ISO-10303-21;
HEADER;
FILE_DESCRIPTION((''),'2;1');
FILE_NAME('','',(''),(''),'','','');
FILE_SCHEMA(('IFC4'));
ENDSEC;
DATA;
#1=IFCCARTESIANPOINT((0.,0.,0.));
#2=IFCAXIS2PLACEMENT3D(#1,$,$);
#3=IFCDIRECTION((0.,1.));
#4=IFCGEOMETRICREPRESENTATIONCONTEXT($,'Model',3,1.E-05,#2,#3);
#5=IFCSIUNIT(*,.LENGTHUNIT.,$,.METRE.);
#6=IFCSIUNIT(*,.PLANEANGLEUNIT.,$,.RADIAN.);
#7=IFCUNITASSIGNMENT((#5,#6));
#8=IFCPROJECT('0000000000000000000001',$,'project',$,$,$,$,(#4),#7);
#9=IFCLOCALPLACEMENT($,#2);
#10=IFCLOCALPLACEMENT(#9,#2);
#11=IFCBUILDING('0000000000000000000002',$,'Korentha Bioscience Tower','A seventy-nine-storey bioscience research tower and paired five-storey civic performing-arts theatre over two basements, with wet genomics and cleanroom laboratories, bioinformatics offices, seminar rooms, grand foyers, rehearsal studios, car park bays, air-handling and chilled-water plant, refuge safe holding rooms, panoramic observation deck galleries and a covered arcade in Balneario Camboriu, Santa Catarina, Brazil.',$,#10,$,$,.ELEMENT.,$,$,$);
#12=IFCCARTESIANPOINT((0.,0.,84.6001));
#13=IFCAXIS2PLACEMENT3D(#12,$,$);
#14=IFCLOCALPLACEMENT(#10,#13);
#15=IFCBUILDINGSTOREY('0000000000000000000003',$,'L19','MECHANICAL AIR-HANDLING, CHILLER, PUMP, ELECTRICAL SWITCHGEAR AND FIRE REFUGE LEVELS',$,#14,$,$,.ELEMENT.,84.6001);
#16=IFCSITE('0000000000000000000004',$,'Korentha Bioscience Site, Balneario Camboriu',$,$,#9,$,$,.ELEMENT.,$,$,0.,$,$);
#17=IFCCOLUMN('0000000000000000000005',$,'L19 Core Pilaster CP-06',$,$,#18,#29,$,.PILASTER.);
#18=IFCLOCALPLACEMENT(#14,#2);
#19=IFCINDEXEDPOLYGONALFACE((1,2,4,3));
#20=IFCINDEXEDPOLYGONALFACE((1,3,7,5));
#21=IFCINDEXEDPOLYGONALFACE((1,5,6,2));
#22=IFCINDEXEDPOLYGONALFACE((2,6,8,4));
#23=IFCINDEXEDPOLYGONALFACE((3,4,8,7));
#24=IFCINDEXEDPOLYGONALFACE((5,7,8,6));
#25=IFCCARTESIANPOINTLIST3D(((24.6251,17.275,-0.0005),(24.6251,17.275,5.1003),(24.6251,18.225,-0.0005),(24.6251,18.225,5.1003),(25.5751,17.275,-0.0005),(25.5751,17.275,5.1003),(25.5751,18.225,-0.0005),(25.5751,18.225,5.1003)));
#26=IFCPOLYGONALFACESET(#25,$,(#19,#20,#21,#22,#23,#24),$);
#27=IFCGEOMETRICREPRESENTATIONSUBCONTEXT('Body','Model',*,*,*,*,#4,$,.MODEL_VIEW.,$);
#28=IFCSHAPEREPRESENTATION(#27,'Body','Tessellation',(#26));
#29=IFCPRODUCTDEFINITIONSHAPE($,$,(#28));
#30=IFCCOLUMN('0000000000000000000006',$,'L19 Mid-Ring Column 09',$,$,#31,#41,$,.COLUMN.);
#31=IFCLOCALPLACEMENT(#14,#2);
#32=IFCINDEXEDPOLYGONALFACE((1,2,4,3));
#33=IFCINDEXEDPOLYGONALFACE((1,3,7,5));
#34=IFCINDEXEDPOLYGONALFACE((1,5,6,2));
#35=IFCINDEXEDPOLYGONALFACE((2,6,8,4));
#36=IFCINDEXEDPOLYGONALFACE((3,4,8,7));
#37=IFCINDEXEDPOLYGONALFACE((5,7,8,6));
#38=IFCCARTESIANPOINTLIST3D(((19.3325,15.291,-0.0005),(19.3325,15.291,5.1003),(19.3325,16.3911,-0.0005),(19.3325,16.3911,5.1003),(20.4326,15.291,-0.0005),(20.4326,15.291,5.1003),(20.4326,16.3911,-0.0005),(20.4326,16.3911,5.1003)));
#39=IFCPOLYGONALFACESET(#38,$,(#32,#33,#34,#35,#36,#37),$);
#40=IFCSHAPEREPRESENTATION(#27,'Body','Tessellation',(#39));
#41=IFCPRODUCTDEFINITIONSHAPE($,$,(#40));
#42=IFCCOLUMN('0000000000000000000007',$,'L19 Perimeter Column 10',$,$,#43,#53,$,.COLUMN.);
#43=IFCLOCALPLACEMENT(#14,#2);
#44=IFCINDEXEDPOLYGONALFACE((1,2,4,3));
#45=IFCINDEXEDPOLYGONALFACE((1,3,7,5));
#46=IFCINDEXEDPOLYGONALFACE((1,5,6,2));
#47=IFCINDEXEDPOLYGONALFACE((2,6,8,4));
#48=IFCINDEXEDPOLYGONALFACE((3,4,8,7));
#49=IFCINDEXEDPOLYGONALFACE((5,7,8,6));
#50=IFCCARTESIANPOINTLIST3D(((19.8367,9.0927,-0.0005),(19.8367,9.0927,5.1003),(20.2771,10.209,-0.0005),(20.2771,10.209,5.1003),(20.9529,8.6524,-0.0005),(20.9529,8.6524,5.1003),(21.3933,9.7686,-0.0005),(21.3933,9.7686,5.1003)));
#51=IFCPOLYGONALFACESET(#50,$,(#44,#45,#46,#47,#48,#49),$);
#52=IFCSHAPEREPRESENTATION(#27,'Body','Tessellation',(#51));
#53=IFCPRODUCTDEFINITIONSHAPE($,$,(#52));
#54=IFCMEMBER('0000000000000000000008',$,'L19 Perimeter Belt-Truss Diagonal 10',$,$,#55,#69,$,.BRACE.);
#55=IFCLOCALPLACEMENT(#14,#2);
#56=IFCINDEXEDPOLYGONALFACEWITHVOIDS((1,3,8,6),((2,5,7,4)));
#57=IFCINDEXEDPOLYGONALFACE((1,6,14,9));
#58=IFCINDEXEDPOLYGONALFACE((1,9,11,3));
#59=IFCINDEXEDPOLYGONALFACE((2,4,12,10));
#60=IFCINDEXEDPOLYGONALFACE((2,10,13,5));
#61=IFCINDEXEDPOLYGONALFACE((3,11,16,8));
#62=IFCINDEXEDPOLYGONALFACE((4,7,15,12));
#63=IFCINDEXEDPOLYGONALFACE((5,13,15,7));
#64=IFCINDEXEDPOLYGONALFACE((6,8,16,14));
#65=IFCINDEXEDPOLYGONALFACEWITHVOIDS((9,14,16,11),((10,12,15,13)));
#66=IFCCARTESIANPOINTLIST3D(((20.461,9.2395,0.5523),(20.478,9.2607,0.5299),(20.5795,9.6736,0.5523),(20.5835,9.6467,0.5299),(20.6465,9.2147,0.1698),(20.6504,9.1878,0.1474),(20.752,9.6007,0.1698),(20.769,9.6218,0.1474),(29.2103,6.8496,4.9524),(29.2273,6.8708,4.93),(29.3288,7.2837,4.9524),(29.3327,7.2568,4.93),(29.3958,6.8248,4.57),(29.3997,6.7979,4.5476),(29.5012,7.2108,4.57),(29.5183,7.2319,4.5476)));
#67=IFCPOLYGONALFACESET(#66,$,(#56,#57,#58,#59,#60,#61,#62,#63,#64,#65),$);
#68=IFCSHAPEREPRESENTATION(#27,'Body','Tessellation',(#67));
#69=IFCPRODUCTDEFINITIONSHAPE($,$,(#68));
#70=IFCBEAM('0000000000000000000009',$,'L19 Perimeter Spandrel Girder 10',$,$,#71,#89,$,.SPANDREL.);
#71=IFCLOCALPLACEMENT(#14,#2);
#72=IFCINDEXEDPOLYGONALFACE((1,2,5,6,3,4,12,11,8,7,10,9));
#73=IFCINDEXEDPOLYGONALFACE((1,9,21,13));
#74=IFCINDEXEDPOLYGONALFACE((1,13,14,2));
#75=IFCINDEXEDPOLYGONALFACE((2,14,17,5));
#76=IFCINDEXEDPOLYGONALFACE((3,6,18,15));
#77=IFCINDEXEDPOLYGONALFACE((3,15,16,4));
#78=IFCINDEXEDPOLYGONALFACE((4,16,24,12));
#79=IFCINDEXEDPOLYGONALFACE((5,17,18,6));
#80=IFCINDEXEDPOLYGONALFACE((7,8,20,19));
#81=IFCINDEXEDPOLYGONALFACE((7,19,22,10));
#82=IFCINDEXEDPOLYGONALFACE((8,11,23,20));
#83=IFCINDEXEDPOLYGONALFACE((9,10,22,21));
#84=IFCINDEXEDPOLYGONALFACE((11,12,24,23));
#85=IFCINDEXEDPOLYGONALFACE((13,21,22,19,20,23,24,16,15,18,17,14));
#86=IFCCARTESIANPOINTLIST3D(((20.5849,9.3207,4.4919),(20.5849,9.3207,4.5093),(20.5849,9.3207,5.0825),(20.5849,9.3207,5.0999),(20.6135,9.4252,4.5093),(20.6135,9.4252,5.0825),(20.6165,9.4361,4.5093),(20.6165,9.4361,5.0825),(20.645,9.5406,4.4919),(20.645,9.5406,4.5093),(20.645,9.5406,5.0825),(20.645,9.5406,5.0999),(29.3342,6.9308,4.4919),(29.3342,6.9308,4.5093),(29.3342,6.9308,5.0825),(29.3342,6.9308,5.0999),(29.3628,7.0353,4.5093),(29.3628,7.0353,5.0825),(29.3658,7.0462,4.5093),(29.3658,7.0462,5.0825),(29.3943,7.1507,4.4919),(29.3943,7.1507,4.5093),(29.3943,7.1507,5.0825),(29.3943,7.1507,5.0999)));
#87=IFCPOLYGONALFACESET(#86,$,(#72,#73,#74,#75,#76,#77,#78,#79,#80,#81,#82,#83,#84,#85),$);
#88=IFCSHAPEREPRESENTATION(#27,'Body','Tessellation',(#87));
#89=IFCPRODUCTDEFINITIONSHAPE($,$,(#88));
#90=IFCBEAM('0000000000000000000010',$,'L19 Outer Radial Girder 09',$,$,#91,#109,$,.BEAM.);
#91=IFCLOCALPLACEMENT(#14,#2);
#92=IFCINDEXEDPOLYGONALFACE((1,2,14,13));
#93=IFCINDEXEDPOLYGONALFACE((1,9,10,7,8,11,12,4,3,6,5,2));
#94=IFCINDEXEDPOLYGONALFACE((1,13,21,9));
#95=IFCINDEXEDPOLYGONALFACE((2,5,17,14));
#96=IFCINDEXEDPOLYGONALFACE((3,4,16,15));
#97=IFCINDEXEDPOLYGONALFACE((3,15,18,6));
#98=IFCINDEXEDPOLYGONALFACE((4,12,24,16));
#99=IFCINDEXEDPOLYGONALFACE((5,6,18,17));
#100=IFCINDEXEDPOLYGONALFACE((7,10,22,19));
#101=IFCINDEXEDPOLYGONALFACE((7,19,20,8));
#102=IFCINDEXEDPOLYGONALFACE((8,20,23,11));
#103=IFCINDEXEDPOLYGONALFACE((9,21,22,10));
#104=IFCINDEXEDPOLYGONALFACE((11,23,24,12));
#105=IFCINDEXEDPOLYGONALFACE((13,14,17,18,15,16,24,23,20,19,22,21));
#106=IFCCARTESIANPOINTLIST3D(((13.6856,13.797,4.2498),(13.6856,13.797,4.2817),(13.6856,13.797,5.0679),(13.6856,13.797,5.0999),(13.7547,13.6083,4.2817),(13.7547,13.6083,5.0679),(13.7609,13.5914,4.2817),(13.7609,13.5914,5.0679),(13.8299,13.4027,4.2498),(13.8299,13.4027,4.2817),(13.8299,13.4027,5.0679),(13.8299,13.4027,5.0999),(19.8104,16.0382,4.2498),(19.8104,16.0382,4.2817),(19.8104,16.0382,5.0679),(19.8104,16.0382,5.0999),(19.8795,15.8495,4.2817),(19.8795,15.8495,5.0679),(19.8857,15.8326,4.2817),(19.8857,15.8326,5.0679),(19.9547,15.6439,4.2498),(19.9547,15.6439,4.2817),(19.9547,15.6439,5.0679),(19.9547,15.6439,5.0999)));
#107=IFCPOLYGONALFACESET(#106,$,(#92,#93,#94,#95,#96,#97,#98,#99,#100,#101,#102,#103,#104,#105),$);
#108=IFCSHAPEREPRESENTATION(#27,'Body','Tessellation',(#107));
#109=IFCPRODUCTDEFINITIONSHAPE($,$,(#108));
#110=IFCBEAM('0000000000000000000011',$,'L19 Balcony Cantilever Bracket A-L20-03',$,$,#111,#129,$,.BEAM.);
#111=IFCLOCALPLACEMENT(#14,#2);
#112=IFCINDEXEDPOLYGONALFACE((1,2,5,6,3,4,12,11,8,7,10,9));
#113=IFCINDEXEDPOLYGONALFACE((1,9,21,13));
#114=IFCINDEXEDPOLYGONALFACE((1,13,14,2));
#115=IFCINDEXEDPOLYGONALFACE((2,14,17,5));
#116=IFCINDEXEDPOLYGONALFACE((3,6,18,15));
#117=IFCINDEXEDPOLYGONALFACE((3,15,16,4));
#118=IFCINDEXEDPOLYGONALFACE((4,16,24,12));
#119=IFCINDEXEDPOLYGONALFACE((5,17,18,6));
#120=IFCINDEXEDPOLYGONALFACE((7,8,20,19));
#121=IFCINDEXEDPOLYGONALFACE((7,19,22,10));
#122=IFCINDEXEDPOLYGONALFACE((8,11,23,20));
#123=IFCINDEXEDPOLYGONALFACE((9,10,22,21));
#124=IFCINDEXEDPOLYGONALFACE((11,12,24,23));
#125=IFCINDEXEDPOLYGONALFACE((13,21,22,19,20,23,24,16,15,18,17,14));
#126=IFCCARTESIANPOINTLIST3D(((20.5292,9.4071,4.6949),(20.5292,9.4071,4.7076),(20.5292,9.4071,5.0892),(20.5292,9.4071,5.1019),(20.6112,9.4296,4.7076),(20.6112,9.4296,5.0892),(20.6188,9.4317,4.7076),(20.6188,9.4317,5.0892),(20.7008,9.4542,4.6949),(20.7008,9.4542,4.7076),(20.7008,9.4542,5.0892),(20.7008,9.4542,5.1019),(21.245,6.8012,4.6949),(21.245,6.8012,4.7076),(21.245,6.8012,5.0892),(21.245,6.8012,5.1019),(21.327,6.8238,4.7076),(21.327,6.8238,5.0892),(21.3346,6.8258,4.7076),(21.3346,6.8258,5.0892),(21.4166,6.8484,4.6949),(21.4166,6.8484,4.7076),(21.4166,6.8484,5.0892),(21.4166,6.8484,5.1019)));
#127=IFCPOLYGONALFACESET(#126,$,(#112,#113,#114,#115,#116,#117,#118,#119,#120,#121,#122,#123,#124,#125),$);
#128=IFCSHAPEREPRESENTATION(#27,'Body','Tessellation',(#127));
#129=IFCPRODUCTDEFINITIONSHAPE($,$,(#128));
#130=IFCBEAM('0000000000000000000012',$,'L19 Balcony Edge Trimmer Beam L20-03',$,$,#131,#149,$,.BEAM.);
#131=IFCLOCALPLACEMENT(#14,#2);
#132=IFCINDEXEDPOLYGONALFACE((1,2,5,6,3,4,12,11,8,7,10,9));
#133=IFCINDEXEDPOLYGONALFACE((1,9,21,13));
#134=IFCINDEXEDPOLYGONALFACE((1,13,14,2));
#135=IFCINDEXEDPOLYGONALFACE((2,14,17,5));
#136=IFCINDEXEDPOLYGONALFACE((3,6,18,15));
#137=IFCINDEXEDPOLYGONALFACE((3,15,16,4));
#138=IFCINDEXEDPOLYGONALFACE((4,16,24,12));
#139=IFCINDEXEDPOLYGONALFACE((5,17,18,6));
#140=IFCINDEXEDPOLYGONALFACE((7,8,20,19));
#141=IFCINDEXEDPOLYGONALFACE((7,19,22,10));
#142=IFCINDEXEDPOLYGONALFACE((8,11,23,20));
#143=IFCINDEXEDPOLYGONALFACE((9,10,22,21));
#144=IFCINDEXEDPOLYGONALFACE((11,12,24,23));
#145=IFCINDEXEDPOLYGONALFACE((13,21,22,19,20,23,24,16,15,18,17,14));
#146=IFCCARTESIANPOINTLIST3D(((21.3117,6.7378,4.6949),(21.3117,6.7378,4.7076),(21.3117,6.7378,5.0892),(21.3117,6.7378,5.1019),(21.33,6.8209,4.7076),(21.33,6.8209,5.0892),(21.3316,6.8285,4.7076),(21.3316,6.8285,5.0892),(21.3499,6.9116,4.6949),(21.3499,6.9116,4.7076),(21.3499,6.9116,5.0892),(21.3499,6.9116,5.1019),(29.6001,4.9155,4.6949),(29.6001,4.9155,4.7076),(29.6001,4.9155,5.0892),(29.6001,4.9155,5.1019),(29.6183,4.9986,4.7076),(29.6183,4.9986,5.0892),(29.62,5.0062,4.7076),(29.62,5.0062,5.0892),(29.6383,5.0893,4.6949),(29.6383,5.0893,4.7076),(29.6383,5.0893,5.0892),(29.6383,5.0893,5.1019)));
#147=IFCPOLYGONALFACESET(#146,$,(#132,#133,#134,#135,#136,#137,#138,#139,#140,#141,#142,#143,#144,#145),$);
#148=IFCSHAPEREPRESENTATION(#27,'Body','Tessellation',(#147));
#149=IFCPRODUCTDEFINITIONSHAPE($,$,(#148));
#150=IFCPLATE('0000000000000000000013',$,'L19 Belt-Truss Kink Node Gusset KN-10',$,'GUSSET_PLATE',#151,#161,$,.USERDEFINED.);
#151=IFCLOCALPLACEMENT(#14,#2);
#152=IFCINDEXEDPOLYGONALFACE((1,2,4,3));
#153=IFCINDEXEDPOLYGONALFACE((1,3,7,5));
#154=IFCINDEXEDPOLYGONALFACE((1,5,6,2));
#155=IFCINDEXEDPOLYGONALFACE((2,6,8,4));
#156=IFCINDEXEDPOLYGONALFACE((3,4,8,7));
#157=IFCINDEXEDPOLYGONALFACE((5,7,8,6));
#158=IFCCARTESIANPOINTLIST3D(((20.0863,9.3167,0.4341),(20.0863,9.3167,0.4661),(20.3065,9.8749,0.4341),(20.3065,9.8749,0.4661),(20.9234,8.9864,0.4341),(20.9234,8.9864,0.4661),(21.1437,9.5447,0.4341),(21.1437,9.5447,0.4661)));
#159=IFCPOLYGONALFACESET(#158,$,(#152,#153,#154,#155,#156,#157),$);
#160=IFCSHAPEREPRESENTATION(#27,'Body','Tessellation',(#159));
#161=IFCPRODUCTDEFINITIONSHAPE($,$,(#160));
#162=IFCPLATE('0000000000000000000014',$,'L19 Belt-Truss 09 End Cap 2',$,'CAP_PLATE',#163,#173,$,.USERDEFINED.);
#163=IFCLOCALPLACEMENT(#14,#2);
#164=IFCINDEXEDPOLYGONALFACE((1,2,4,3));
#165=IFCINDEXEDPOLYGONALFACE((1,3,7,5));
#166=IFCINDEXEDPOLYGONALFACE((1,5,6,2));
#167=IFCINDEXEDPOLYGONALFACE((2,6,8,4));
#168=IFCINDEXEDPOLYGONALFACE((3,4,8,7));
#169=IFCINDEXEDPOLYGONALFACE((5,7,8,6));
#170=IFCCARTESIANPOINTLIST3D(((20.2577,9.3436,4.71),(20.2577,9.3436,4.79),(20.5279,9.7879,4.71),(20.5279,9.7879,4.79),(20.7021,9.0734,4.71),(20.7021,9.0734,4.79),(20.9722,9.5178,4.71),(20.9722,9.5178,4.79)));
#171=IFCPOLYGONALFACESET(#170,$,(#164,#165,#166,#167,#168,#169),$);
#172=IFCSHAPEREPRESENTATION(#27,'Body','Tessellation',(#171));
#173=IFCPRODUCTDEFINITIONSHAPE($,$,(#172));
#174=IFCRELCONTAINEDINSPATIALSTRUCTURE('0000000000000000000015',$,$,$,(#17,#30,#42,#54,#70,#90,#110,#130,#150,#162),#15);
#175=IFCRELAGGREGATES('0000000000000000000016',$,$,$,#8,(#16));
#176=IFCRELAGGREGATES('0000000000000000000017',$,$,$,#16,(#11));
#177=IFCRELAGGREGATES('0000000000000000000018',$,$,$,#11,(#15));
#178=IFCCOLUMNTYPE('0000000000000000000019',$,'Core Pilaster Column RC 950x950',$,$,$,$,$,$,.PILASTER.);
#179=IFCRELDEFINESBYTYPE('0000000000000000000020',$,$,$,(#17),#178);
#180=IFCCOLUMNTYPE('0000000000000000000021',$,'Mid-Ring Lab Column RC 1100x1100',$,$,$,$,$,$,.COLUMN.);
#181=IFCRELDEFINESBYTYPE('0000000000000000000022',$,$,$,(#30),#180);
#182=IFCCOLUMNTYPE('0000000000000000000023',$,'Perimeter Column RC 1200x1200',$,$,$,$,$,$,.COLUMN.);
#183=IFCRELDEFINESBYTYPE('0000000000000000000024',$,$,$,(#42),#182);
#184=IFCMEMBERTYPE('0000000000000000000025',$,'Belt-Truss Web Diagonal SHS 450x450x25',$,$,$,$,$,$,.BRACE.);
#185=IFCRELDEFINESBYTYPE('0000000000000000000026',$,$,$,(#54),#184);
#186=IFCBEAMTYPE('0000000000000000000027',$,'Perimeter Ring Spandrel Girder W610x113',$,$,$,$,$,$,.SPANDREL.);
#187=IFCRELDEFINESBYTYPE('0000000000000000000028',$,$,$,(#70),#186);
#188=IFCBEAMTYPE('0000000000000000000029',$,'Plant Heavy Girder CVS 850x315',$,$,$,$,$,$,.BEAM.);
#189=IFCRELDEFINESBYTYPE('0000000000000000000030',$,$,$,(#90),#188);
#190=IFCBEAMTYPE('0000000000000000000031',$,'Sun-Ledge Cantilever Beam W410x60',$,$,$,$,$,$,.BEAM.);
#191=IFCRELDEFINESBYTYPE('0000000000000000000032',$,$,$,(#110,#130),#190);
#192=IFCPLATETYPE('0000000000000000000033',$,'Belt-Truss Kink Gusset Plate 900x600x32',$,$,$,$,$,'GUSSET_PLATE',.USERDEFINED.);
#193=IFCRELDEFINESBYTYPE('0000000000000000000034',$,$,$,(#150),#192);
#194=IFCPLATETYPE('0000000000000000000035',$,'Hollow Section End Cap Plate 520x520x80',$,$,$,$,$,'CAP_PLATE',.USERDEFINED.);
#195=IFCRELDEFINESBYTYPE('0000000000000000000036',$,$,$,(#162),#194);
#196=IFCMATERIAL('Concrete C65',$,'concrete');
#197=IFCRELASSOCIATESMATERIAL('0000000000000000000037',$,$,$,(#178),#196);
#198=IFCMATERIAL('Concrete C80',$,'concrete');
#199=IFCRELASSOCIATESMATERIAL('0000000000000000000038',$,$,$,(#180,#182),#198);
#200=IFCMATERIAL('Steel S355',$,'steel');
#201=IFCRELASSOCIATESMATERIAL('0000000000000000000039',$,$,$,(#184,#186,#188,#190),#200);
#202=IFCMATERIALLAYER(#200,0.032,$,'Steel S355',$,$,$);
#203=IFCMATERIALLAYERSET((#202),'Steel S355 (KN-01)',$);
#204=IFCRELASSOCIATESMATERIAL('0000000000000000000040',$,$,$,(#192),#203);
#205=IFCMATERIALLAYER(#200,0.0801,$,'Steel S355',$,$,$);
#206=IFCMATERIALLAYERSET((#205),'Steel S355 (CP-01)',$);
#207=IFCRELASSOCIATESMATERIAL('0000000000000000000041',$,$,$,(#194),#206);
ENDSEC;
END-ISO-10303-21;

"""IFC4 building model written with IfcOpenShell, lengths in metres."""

from ifc_helpers import new_model, si_unit, direction, frame, origin, origin_2d, place, context, subcontext, project, spatial, rectangle, hollow_rectangle, i_section, extrude, material, layer, layer_set, material_profile, profile_set, type_object, element, save


model = new_model("IFC4")

# Units and contexts
model_context = context("Model", 3, precision=1e-05, world=origin(), true_north=direction((0.0, 1.0)))
body_context = subcontext(model_context, "Body", "Model", "MODEL_VIEW")
ifc_project = project(units=[si_unit("LENGTHUNIT", "METRE"), si_unit("PLANEANGLEUNIT", "RADIAN")], contexts=[model_context])

# Site, building, storey
site_placement = place(None, origin())
site = spatial("IfcSite", under=ifc_project, at=site_placement, Name="Korentha Bioscience Site, Balneario Camboriu", CompositionType="ELEMENT", RefElevation=0.0)
building_placement = place(site_placement, origin())
building = spatial("IfcBuilding", under=site, at=building_placement, Name="Korentha Bioscience Tower", Description="A seventy-nine-storey bioscience research tower and paired five-storey civic performing-arts theatre over two basements, with wet genomics and cleanroom laboratories, bioinformatics offices, seminar rooms, grand foyers, rehearsal studios, car park bays, air-handling and chilled-water plant, refuge safe holding rooms, panoramic observation deck galleries and a covered arcade in Balneario Camboriu, Santa Catarina, Brazil.", CompositionType="ELEMENT")
storey_placement = place(building_placement, frame((0.0, 0.0, 84.6001)))
storey = spatial("IfcBuildingStorey", under=building, at=storey_placement, Name="L19", Description="MECHANICAL AIR-HANDLING, CHILLER, PUMP, ELECTRICAL SWITCHGEAR AND FIRE REFUGE LEVELS", CompositionType="ELEMENT", Elevation=84.6001)

# Columns
ifc_material_1 = material(Name="Concrete C65", Category="concrete")
ifc_material_profile_1 = material_profile(ifc_material_1, rectangle(XDim=0.95, YDim=0.95, at=origin_2d()), Name="Concrete C65")
ifc_profile_set_1 = profile_set([ifc_material_profile_1], Name="Concrete C65 (COL-CP09)")
column_type_1 = type_object("IfcColumnType", Name="Core Pilaster Column RC 950x950", PredefinedType="PILASTER", material=ifc_profile_set_1)
column_1_placement = place(storey_placement, frame((25.1001, 17.75, -0.0005), z_axis=(0.0, 0.0, 1.0), x_axis=(1.0, 0.0, 0.0)))
element("IfcColumn", 1, at=column_1_placement, inside=storey, type_object=column_type_1, Name="L19 Core Pilaster CP-06", PredefinedType="PILASTER", context=body_context, shape_type="SweptSolid", body=[
    extrude(rectangle(XDim=0.95, YDim=0.95, at=origin_2d()), origin(), (0.0, 0.0, 1.0), 5.1008),
])
ifc_material_2 = material(Name="Concrete C80", Category="concrete")
ifc_material_profile_2 = material_profile(ifc_material_2, rectangle(XDim=1.1001, YDim=1.1001, at=origin_2d()), Name="Concrete C80")
ifc_profile_set_2 = profile_set([ifc_material_profile_2], Name="Concrete C80 (COL-MR11)")
column_type_2 = type_object("IfcColumnType", Name="Mid-Ring Lab Column RC 1100x1100", PredefinedType="COLUMN", material=ifc_profile_set_2)
column_2_placement = place(storey_placement, frame((19.8826, 15.8411, -0.0005), z_axis=(0.0, 0.0, 1.0), x_axis=(1.0, 0.0, 0.0)))
element("IfcColumn", 2, at=column_2_placement, inside=storey, type_object=column_type_2, Name="L19 Mid-Ring Column 09", PredefinedType="COLUMN", context=body_context, shape_type="SweptSolid", body=[
    extrude(rectangle(XDim=1.1001, YDim=1.1001, at=origin_2d()), origin(), (0.0, 0.0, 1.0), 5.1008),
])
ifc_material_profile_3 = material_profile(ifc_material_2, rectangle(XDim=1.2, YDim=1.2, at=origin_2d()), Name="Concrete C80")
ifc_profile_set_3 = profile_set([ifc_material_profile_3], Name="Concrete C80 (COL-P12)")
column_type_3 = type_object("IfcColumnType", Name="Perimeter Column RC 1200x1200", PredefinedType="COLUMN", material=ifc_profile_set_3)
column_3_placement = place(storey_placement, frame((20.615, 9.4307, -0.0005), z_axis=(0.0, 0.0, 1.0), x_axis=(-0.930226, 0.366988, 0.0)))
element("IfcColumn", 3, at=column_3_placement, inside=storey, type_object=column_type_3, Name="L19 Perimeter Column 10", PredefinedType="COLUMN", context=body_context, shape_type="SweptSolid", body=[
    extrude(rectangle(XDim=1.2, YDim=1.2, at=origin_2d()), origin(), (0.0, 0.0, 1.0), 5.1008),
])

# Member
ifc_material_3 = material(Name="Steel S355", Category="steel")
ifc_material_profile_4 = material_profile(ifc_material_3, hollow_rectangle(XDim=0.45, YDim=0.45, WallThickness=0.0249, at=origin_2d()), Name="Steel S355")
ifc_profile_set_4 = profile_set([ifc_material_profile_4], Name="Steel S355 (BT-D450)")
member_type = type_object("IfcMemberType", Name="Belt-Truss Web Diagonal SHS 450x450x25", PredefinedType="BRACE", material=ifc_profile_set_4)
member_placement = place(storey_placement, frame((20.615, 9.4307, 0.3499), z_axis=(0.867914, -0.237074, 0.436488), x_axis=(0.2635, 0.964659, 0.0)))
element("IfcMember", 4, at=member_placement, inside=storey, type_object=member_type, Name="L19 Perimeter Belt-Truss Diagonal 10", PredefinedType="BRACE", context=body_context, shape_type="SweptSolid", body=[
    extrude(hollow_rectangle(XDim=0.45, YDim=0.45, WallThickness=0.0249, at=origin_2d()), origin(), (0.0, 0.0, 1.0), 10.0808),
])

# Beams
ifc_material_profile_5 = material_profile(ifc_material_3, i_section(OverallWidth=0.228, OverallDepth=0.6079, WebThickness=0.0112, FlangeThickness=0.0173, at=origin_2d()), Name="Steel S355")
ifc_profile_set_5 = profile_set([ifc_material_profile_5], Name="Steel S355 (SB-610)")
beam_type_1 = type_object("IfcBeamType", Name="Perimeter Ring Spandrel Girder W610x113", PredefinedType="SPANDREL", material=ifc_profile_set_5)
beam_1_placement = place(storey_placement, frame((20.615, 9.4307, 4.7959), z_axis=(0.964659, -0.2635, 0.0), x_axis=(0.2635, 0.964659, 0.0)))
element("IfcBeam", 5, at=beam_1_placement, inside=storey, type_object=beam_type_1, Name="L19 Perimeter Spandrel Girder 10", PredefinedType="SPANDREL", context=body_context, shape_type="SweptSolid", body=[
    extrude(i_section(OverallWidth=0.228, OverallDepth=0.6079, WebThickness=0.0112, FlangeThickness=0.0173, at=origin_2d()), origin(), (0.0, 0.0, 1.0), 9.0698),
])
ifc_material_profile_6 = material_profile(ifc_material_3, i_section(OverallWidth=0.4199, OverallDepth=0.8501, WebThickness=0.0181, FlangeThickness=0.032, at=origin_2d()), Name="Steel S355")
ifc_profile_set_6 = profile_set([ifc_material_profile_6], Name="Steel S355 (MB-850)")
beam_type_2 = type_object("IfcBeamType", Name="Plant Heavy Girder CVS 850x315", PredefinedType="BEAM", material=ifc_profile_set_6)
beam_2_placement = place(storey_placement, frame((19.8826, 15.8411, 4.6748), z_axis=(-0.939101, -0.343642, 0.0), x_axis=(0.343642, -0.939101, 0.0)))
element("IfcBeam", 6, at=beam_2_placement, inside=storey, type_object=beam_type_2, Name="L19 Outer Radial Girder 09", PredefinedType="BEAM", context=body_context, shape_type="SweptSolid", body=[
    extrude(i_section(OverallWidth=0.4199, OverallDepth=0.8501, WebThickness=0.0181, FlangeThickness=0.032, at=origin_2d()), origin(), (0.0, 0.0, 1.0), 6.522),
])
ifc_material_profile_7 = material_profile(ifc_material_3, i_section(OverallWidth=0.178, OverallDepth=0.407, WebThickness=0.0078, FlangeThickness=0.0127, at=origin_2d()), Name="Steel S355")
ifc_profile_set_7 = profile_set([ifc_material_profile_7], Name="Steel S355 (CB-410)")
beam_type_3 = type_object("IfcBeamType", Name="Sun-Ledge Cantilever Beam W410x60", PredefinedType="BEAM", material=ifc_profile_set_7)
beam_3_placement = place(storey_placement, frame((20.615, 9.4307, 4.8984), z_axis=(0.264875, -0.964283, 0.0), x_axis=(0.964283, 0.264875, 0.0)))
element("IfcBeam", 7, at=beam_3_placement, inside=storey, type_object=beam_type_3, Name="L19 Balcony Cantilever Bracket A-L20-03", PredefinedType="BEAM", context=body_context, shape_type="SweptSolid", body=[
    extrude(i_section(OverallWidth=0.178, OverallDepth=0.407, WebThickness=0.0078, FlangeThickness=0.0127, at=origin_2d()), origin(), (0.0, 0.0, 1.0), 2.7024),
])
beam_4_placement = place(storey_placement, frame((21.3308, 6.8247, 4.8984), z_axis=(0.976673, -0.214731, 0.0), x_axis=(0.214731, 0.976673, 0.0)))
element("IfcBeam", 8, at=beam_4_placement, inside=storey, type_object=beam_type_3, Name="L19 Balcony Edge Trimmer Beam L20-03", PredefinedType="BEAM", context=body_context, shape_type="SweptSolid", body=[
    extrude(i_section(OverallWidth=0.178, OverallDepth=0.407, WebThickness=0.0078, FlangeThickness=0.0127, at=origin_2d()), origin(), (0.0, 0.0, 1.0), 8.4863),
])

# Plates
ifc_layer_1 = layer(ifc_material_3, 0.032, Name="Steel S355")
ifc_layer_set_1 = layer_set([ifc_layer_1], Name="Steel S355 (KN-01)")
plate_type_1 = type_object("IfcPlateType", Name="Belt-Truss Kink Gusset Plate 900x600x32", ElementType="GUSSET_PLATE", PredefinedType="USERDEFINED", material=ifc_layer_set_1)
plate_placement = place(storey_placement, frame((20.615, 9.4307, 0.4341), z_axis=(0.0, 0.0, 1.0), x_axis=(-0.930226, 0.366988, 0.0)))
element("IfcPlate", 9, at=plate_placement, inside=storey, type_object=plate_type_1, Name="L19 Belt-Truss Kink Node Gusset KN-10", ObjectType="GUSSET_PLATE", PredefinedType="USERDEFINED", context=body_context, shape_type="SweptSolid", body=[
    extrude(rectangle(XDim=0.8999, YDim=0.6001, at=origin_2d()), origin(), (0.0, 0.0, 1.0), 0.032),
])
ifc_layer_2 = layer(ifc_material_3, 0.0801, Name="Steel S355")
ifc_layer_set_2 = layer_set([ifc_layer_2], Name="Steel S355 (CP-01)")
plate_type_2 = type_object("IfcPlateType", Name="Hollow Section End Cap Plate 520x520x80", ElementType="CAP_PLATE", PredefinedType="USERDEFINED", material=ifc_layer_set_2)
for number, where, z_axis, x_axis, name in (
    (10, (20.615, 9.4307, 4.71), (0.0, 0.0, 1.0), (-0.854459, 0.519519, 0.0), "L19 Belt-Truss 09 End Cap 2"),
):
    element("IfcPlate", number, at=place(storey_placement, frame(where, z_axis=z_axis, x_axis=x_axis)), inside=storey, type_object=plate_type_2, Name=name, ObjectType="CAP_PLATE", PredefinedType="USERDEFINED", context=body_context, shape_type="SweptSolid", body=[
        extrude(rectangle(XDim=0.52, YDim=0.52, at=origin_2d()), origin(), (0.0, 0.0, 1.0), 0.0801),
    ])

save(model, "model.ifc")
